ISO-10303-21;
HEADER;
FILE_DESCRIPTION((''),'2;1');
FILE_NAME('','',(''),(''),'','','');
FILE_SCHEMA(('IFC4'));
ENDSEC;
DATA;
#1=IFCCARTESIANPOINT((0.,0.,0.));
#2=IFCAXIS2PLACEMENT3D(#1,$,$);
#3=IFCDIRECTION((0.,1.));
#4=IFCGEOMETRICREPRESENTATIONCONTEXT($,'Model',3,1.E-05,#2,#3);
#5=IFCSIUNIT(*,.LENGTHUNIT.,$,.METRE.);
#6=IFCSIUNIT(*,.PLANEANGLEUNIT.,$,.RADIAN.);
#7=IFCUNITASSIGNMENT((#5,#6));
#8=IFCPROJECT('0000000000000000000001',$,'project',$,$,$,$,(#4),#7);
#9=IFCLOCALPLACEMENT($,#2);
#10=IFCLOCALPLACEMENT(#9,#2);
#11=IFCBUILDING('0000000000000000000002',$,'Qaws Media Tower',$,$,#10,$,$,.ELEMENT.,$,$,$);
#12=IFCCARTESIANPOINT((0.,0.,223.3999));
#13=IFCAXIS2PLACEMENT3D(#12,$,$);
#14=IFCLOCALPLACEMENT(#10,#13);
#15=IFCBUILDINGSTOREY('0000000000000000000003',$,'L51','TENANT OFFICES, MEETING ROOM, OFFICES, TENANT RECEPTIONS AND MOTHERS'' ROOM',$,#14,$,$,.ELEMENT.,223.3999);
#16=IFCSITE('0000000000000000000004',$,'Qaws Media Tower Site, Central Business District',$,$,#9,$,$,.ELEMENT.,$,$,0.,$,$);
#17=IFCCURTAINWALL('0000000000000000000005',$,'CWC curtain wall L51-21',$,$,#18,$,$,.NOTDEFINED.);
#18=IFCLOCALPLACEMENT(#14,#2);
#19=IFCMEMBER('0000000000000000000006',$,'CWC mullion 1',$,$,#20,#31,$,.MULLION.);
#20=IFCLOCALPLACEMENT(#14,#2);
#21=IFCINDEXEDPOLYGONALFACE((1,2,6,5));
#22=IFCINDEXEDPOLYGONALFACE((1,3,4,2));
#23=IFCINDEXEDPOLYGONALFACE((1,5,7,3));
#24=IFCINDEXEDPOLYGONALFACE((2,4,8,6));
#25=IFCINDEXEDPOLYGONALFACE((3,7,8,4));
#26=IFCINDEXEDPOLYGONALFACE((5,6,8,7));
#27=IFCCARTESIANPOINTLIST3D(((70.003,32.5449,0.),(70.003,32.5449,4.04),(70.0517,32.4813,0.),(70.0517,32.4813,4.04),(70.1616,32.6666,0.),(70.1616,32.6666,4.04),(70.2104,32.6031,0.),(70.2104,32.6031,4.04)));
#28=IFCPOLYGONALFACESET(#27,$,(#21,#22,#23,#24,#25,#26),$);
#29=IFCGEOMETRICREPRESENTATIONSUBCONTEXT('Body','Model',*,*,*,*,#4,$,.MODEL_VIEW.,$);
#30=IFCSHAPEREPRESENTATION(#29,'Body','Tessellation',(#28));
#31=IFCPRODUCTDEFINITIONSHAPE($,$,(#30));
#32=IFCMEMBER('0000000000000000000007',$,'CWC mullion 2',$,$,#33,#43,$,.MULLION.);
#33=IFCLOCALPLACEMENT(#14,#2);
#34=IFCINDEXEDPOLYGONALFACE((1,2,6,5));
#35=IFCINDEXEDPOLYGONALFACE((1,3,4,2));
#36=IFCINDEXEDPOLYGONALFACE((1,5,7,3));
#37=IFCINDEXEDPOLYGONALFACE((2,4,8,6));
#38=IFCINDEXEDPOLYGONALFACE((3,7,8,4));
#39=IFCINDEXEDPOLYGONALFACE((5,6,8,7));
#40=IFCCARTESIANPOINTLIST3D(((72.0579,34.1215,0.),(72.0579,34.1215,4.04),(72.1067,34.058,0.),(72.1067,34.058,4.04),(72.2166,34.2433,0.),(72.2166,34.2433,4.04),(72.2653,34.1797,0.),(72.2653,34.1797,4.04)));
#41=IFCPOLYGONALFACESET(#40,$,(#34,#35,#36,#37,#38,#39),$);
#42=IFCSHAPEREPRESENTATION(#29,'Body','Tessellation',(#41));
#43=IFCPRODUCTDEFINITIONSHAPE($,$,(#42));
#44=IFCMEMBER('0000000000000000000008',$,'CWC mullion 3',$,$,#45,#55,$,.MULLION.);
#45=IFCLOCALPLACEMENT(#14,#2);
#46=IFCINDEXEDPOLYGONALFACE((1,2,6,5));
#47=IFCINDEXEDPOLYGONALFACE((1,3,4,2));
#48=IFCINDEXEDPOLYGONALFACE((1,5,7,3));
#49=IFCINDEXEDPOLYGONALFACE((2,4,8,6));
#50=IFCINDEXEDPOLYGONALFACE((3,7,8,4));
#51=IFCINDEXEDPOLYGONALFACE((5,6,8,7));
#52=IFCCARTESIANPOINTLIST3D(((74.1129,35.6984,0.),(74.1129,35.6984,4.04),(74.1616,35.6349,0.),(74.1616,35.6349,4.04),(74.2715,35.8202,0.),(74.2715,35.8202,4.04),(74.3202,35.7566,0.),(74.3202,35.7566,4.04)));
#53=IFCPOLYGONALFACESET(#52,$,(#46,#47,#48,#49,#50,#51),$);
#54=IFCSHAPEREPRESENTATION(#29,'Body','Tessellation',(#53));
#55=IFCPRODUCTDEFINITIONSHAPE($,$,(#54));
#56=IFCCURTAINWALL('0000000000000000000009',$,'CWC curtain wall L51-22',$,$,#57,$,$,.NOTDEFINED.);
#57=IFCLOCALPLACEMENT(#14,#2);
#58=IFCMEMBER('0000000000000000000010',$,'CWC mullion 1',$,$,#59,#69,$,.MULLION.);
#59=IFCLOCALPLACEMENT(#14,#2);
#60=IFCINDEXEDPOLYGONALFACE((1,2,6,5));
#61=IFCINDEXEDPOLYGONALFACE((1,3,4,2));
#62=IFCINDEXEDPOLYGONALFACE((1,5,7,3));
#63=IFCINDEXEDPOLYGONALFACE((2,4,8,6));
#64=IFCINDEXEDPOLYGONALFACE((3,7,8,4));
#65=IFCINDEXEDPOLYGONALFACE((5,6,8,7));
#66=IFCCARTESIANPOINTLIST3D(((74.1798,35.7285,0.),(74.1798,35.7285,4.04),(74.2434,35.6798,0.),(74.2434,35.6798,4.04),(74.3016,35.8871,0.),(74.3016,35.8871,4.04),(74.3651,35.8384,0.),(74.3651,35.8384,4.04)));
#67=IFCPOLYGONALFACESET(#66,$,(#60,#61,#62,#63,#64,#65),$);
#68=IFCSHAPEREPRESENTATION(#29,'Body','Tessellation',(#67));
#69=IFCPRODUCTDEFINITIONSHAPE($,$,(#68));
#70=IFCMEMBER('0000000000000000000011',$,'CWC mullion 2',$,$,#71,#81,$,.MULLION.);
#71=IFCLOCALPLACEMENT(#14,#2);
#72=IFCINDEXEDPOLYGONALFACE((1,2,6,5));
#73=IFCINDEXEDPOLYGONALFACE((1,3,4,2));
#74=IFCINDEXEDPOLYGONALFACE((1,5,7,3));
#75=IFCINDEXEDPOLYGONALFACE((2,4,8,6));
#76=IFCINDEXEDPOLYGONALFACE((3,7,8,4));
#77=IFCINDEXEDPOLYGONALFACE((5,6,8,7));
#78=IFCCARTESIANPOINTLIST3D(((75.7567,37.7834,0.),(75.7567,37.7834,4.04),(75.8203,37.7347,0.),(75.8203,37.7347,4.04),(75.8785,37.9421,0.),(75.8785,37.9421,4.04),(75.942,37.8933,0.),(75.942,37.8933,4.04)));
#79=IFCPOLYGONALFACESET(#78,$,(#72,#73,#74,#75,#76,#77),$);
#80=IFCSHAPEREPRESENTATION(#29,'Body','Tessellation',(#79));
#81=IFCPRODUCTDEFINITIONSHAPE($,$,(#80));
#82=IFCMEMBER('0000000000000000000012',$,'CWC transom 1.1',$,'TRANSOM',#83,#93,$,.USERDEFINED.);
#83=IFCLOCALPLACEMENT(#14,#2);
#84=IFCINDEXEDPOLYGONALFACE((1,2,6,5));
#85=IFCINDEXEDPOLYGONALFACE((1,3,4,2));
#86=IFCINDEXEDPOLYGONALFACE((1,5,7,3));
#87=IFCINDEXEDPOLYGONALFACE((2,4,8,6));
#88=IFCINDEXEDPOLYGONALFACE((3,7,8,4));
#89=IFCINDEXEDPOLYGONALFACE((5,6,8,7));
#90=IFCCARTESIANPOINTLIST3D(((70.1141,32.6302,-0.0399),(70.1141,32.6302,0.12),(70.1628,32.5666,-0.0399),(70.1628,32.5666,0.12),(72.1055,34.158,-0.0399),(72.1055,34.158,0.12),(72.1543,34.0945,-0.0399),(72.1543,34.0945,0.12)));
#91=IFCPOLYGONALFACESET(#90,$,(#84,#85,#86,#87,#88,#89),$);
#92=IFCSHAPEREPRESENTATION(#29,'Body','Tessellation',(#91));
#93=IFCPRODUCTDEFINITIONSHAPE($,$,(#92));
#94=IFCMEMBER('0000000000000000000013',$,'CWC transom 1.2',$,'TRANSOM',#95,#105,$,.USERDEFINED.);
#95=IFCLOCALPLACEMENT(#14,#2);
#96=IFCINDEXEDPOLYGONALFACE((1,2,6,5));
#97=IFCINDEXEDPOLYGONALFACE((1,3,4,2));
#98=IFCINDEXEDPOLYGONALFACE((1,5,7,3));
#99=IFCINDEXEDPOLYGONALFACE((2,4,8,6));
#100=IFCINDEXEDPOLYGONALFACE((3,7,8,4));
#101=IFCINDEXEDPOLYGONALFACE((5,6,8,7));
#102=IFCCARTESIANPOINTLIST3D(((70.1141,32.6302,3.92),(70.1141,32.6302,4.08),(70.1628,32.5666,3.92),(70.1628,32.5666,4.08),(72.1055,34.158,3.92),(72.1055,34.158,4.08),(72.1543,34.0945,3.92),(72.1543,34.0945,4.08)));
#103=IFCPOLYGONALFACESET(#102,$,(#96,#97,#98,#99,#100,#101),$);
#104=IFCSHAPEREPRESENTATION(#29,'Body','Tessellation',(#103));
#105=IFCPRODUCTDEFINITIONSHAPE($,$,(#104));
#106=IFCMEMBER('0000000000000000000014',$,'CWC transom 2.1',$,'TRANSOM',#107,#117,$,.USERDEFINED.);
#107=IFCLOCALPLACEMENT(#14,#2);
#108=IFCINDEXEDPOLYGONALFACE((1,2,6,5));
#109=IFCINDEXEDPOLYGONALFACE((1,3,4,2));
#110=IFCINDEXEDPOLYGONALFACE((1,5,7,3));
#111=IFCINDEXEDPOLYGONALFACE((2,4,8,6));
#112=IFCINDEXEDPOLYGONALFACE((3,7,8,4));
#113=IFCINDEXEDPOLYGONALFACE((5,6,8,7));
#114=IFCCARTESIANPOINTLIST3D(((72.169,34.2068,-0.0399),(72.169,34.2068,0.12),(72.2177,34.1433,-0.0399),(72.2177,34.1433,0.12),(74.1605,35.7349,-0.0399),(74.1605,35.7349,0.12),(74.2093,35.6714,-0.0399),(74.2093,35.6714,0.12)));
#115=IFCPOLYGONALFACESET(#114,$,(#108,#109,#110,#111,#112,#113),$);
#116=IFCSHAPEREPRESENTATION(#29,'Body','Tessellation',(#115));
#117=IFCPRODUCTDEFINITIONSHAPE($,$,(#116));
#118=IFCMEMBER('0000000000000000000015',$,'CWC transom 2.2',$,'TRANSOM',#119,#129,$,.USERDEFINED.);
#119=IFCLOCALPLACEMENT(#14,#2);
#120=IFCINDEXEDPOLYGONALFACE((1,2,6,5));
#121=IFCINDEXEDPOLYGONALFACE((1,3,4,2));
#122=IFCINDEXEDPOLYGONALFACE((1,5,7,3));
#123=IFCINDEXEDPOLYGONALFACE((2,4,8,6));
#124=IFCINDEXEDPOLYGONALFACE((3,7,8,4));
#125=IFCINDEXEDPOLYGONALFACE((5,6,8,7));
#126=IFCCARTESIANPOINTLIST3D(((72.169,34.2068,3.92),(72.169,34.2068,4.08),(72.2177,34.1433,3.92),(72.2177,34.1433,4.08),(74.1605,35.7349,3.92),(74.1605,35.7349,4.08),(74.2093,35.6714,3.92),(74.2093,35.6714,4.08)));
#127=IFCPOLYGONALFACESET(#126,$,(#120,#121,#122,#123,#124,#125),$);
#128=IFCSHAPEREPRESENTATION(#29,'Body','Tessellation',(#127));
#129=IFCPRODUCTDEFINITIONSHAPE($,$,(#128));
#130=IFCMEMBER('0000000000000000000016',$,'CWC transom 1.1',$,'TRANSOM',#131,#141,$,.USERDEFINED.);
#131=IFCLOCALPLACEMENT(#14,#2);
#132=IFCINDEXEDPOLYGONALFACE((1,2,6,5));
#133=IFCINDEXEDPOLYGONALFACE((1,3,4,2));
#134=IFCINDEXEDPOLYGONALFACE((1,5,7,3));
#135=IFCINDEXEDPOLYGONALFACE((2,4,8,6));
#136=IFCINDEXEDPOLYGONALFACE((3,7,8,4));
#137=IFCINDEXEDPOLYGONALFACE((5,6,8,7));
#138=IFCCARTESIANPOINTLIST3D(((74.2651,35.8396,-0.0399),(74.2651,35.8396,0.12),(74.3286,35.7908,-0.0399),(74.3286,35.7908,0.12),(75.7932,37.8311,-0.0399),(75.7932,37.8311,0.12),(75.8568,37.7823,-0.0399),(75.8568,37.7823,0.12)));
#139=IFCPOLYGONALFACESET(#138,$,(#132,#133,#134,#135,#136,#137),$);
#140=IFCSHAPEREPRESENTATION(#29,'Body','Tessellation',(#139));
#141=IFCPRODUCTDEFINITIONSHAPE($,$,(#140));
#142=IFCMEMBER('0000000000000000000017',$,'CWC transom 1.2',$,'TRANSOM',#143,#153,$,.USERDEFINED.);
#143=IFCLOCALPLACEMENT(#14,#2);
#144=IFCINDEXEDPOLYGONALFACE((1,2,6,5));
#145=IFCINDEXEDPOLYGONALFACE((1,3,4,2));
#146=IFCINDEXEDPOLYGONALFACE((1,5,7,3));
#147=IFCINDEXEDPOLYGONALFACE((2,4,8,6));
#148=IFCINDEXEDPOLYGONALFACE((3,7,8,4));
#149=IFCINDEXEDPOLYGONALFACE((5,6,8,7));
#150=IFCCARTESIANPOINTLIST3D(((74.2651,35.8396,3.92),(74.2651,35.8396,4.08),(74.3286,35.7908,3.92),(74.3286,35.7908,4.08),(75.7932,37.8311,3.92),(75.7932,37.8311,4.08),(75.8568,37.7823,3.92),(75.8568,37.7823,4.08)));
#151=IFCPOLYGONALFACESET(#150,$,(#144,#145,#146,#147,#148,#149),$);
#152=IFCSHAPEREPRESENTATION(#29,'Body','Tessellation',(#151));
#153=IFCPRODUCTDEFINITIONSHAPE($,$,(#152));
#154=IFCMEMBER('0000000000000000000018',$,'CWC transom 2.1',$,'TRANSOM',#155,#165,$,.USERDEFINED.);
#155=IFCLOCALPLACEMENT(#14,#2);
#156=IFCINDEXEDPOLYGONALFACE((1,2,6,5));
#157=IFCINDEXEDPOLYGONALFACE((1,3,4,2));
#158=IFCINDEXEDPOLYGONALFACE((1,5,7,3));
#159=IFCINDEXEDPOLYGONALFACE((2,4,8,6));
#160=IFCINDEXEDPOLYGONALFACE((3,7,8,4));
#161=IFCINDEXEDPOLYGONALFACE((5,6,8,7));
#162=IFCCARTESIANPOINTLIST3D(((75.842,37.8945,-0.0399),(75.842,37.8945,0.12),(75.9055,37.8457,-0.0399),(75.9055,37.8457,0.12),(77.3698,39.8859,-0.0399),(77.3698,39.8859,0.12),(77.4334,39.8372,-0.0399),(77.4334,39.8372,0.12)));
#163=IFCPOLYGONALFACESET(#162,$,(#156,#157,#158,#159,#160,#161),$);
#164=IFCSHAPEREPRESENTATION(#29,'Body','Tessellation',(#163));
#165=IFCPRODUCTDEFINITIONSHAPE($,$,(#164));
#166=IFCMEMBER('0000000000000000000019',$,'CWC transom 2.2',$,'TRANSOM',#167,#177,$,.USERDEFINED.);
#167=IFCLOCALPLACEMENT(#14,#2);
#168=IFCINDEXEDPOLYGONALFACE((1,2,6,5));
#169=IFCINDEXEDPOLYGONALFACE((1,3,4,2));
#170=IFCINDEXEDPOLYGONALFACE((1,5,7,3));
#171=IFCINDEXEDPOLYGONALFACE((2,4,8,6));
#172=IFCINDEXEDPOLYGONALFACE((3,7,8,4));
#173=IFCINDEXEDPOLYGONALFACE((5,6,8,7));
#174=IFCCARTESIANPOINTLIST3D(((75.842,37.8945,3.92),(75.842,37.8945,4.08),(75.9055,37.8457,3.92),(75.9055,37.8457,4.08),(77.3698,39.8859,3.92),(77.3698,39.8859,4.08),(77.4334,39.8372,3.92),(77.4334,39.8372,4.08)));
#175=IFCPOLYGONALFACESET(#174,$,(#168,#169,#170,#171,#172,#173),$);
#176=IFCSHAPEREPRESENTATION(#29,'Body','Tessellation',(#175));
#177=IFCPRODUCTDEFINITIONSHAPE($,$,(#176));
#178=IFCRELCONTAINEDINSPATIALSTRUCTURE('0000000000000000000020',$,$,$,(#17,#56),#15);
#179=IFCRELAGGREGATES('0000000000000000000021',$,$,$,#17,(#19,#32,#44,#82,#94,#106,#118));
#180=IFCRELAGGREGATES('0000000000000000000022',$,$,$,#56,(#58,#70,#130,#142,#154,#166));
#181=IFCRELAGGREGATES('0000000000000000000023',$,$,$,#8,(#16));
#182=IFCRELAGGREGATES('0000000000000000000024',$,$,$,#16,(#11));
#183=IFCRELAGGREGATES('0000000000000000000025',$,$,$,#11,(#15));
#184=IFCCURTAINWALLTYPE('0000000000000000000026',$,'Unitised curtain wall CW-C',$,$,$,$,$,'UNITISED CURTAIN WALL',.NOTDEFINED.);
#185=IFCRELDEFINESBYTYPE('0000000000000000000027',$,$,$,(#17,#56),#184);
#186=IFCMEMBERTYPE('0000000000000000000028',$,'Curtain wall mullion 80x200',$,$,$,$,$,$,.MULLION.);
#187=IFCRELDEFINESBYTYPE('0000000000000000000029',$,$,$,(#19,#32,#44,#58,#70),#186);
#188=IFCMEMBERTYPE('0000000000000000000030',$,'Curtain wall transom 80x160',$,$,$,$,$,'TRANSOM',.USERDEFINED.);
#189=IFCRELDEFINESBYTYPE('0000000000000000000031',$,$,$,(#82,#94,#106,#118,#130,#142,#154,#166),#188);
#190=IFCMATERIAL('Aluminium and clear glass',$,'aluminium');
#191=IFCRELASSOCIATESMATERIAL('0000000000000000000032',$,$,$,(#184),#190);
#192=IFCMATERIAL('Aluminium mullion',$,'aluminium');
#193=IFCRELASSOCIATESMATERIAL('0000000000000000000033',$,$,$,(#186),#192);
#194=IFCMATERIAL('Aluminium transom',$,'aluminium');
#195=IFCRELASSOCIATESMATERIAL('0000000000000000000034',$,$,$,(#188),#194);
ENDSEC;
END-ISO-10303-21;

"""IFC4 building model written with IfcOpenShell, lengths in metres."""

from ifc_helpers import new_model, si_unit, direction, frame, origin, origin_2d, place, context, subcontext, project, spatial, rectangle, extrude, material, material_profile, profile_set, type_object, element, aggregate, save


model = new_model("IFC4")

# Units and contexts
model_context = context("Model", 3, precision=1e-05, world=origin(), true_north=direction((0.0, 1.0)))
body_context = subcontext(model_context, "Body", "Model", "MODEL_VIEW")
ifc_project = project(units=[si_unit("LENGTHUNIT", "METRE"), si_unit("PLANEANGLEUNIT", "RADIAN")], contexts=[model_context])

# Site, building, storey
site_placement = place(None, origin())
site = spatial("IfcSite", under=ifc_project, at=site_placement, Name="Qaws Media Tower Site, Central Business District", CompositionType="ELEMENT", RefElevation=0.0)
building_placement = place(site_placement, origin())
building = spatial("IfcBuilding", under=site, at=building_placement, Name="Qaws Media Tower", CompositionType="ELEMENT")
storey_placement = place(building_placement, frame((0.0, 0.0, 223.3999)))
storey = spatial("IfcBuildingStorey", under=building, at=storey_placement, Name="L51", Description="TENANT OFFICES, MEETING ROOM, OFFICES, TENANT RECEPTIONS AND MOTHERS' ROOM", CompositionType="ELEMENT", Elevation=223.3999)

# Curtain walls, members
ifc_material_1 = material(Name="Aluminium and clear glass", Category="aluminium")
curtain_wall_type = type_object("IfcCurtainWallType", Name="Unitised curtain wall CW-C", ElementType="UNITISED CURTAIN WALL", PredefinedType="NOTDEFINED", material=ifc_material_1)
curtain_wall_1_placement = place(storey_placement, origin())
curtain_wall_1 = element("IfcCurtainWall", 1, at=curtain_wall_1_placement, inside=storey, type_object=curtain_wall_type, Name="CWC curtain wall L51-21", PredefinedType="NOTDEFINED")
ifc_material_2 = material(Name="Aluminium mullion", Category="aluminium")
ifc_material_profile_1 = material_profile(ifc_material_2, rectangle(XDim=0.0801, YDim=0.2, at=origin_2d()), Name="80x200")
ifc_profile_set_1 = profile_set([ifc_material_profile_1], Name="Aluminium mullion")
member_type_1 = type_object("IfcMemberType", Name="Curtain wall mullion 80x200", PredefinedType="MULLION", material=ifc_profile_set_1)
member_1_placement = place(storey_placement, frame((70.1067, 32.574, 0.0), z_axis=(0.0, 0.0, 1.0), x_axis=(-0.608761, 0.793353, 0.0)))
member_1 = element("IfcMember", 2, at=member_1_placement, type_object=member_type_1, Name="CWC mullion 1", PredefinedType="MULLION", context=body_context, shape_type="SweptSolid", body=[
    extrude(rectangle(XDim=0.0801, YDim=0.2, at=origin_2d()), origin(), (0.0, 0.0, 1.0), 4.04),
])
member_2_placement = place(storey_placement, frame((72.1616, 34.1506, 0.0), z_axis=(0.0, 0.0, 1.0), x_axis=(-0.608761, 0.793353, 0.0)))
member_2 = element("IfcMember", 3, at=member_2_placement, type_object=member_type_1, Name="CWC mullion 2", PredefinedType="MULLION", context=body_context, shape_type="SweptSolid", body=[
    extrude(rectangle(XDim=0.0801, YDim=0.2, at=origin_2d()), origin(), (0.0, 0.0, 1.0), 4.04),
])
member_3_placement = place(storey_placement, frame((74.2166, 35.7275, 0.0), z_axis=(0.0, 0.0, 1.0), x_axis=(-0.608761, 0.793353, 0.0)))
member_3 = element("IfcMember", 4, at=member_3_placement, type_object=member_type_1, Name="CWC mullion 3", PredefinedType="MULLION", context=body_context, shape_type="SweptSolid", body=[
    extrude(rectangle(XDim=0.0801, YDim=0.2, at=origin_2d()), origin(), (0.0, 0.0, 1.0), 4.04),
])
curtain_wall_2_placement = place(storey_placement, origin())
curtain_wall_2 = element("IfcCurtainWall", 5, at=curtain_wall_2_placement, inside=storey, type_object=curtain_wall_type, Name="CWC curtain wall L51-22", PredefinedType="NOTDEFINED")
member_4_placement = place(storey_placement, frame((74.2725, 35.7834, 0.0), z_axis=(0.0, 0.0, 1.0), x_axis=(-0.793353, 0.608761, 0.0)))
member_4 = element("IfcMember", 6, at=member_4_placement, type_object=member_type_1, Name="CWC mullion 1", PredefinedType="MULLION", context=body_context, shape_type="SweptSolid", body=[
    extrude(rectangle(XDim=0.0801, YDim=0.2, at=origin_2d()), origin(), (0.0, 0.0, 1.0), 4.04),
])
member_5_placement = place(storey_placement, frame((75.8494, 37.8384, 0.0), z_axis=(0.0, 0.0, 1.0), x_axis=(-0.793353, 0.608761, 0.0)))
member_5 = element("IfcMember", 7, at=member_5_placement, type_object=member_type_1, Name="CWC mullion 2", PredefinedType="MULLION", context=body_context, shape_type="SweptSolid", body=[
    extrude(rectangle(XDim=0.0801, YDim=0.2, at=origin_2d()), origin(), (0.0, 0.0, 1.0), 4.04),
])

# Members
ifc_material_3 = material(Name="Aluminium transom", Category="aluminium")
ifc_material_profile_2 = material_profile(ifc_material_3, rectangle(XDim=0.0801, YDim=0.1599, at=origin_2d()), Name="80x160")
ifc_profile_set_2 = profile_set([ifc_material_profile_2], Name="Aluminium transom")
member_type_2 = type_object("IfcMemberType", Name="Curtain wall transom 80x160", ElementType="TRANSOM", PredefinedType="USERDEFINED", material=ifc_profile_set_2)
member_6_placement = place(storey_placement, frame((70.1384, 32.5984, 0.04), z_axis=(0.793404, 0.608695, 0.0), x_axis=(-0.608695, 0.793404, 0.0)))
member_6 = element("IfcMember", 8, at=member_6_placement, type_object=member_type_2, Name="CWC transom 1.1", ObjectType="TRANSOM", PredefinedType="USERDEFINED", context=body_context, shape_type="SweptSolid", body=[
    extrude(rectangle(XDim=0.0801, YDim=0.1599, at=origin_2d()), origin(), (0.0, 0.0, 1.0), 2.51),
])
member_7_placement = place(storey_placement, frame((70.1384, 32.5984, 4.0), z_axis=(0.793404, 0.608695, 0.0), x_axis=(-0.608695, 0.793404, 0.0)))
member_7 = element("IfcMember", 9, at=member_7_placement, type_object=member_type_2, Name="CWC transom 1.2", ObjectType="TRANSOM", PredefinedType="USERDEFINED", context=body_context, shape_type="SweptSolid", body=[
    extrude(rectangle(XDim=0.0801, YDim=0.1599, at=origin_2d()), origin(), (0.0, 0.0, 1.0), 2.51),
])
member_8_placement = place(storey_placement, frame((72.1934, 34.175, 0.04), z_axis=(0.793357, 0.608756, 0.0), x_axis=(-0.608756, 0.793357, 0.0)))
member_8 = element("IfcMember", 10, at=member_8_placement, type_object=member_type_2, Name="CWC transom 2.1", ObjectType="TRANSOM", PredefinedType="USERDEFINED", context=body_context, shape_type="SweptSolid", body=[
    extrude(rectangle(XDim=0.0801, YDim=0.1599, at=origin_2d()), origin(), (0.0, 0.0, 1.0), 2.5103),
])
member_9_placement = place(storey_placement, frame((72.1934, 34.175, 4.0), z_axis=(0.793357, 0.608756, 0.0), x_axis=(-0.608756, 0.793357, 0.0)))
member_9 = element("IfcMember", 11, at=member_9_placement, type_object=member_type_2, Name="CWC transom 2.2", ObjectType="TRANSOM", PredefinedType="USERDEFINED", context=body_context, shape_type="SweptSolid", body=[
    extrude(rectangle(XDim=0.0801, YDim=0.1599, at=origin_2d()), origin(), (0.0, 0.0, 1.0), 2.5103),
])
member_10_placement = place(storey_placement, frame((74.2969, 35.8152, 0.04), z_axis=(0.608756, 0.793357, 0.0), x_axis=(-0.793357, 0.608756, 0.0)))
member_10 = element("IfcMember", 12, at=member_10_placement, type_object=member_type_2, Name="CWC transom 1.1", ObjectType="TRANSOM", PredefinedType="USERDEFINED", context=body_context, shape_type="SweptSolid", body=[
    extrude(rectangle(XDim=0.0801, YDim=0.1599, at=origin_2d()), origin(), (0.0, 0.0, 1.0), 2.5103),
])
member_11_placement = place(storey_placement, frame((74.2969, 35.8152, 4.0), z_axis=(0.608756, 0.793357, 0.0), x_axis=(-0.793357, 0.608756, 0.0)))
member_11 = element("IfcMember", 13, at=member_11_placement, type_object=member_type_2, Name="CWC transom 1.2", ObjectType="TRANSOM", PredefinedType="USERDEFINED", context=body_context, shape_type="SweptSolid", body=[
    extrude(rectangle(XDim=0.0801, YDim=0.1599, at=origin_2d()), origin(), (0.0, 0.0, 1.0), 2.5103),
])
member_12_placement = place(storey_placement, frame((75.8738, 37.8701, 0.04), z_axis=(0.608695, 0.793404, 0.0), x_axis=(-0.793404, 0.608695, 0.0)))
member_12 = element("IfcMember", 14, at=member_12_placement, type_object=member_type_2, Name="CWC transom 2.1", ObjectType="TRANSOM", PredefinedType="USERDEFINED", context=body_context, shape_type="SweptSolid", body=[
    extrude(rectangle(XDim=0.0801, YDim=0.1599, at=origin_2d()), origin(), (0.0, 0.0, 1.0), 2.51),
])
member_13_placement = place(storey_placement, frame((75.8738, 37.8701, 4.0), z_axis=(0.608695, 0.793404, 0.0), x_axis=(-0.793404, 0.608695, 0.0)))
member_13 = element("IfcMember", 15, at=member_13_placement, type_object=member_type_2, Name="CWC transom 2.2", ObjectType="TRANSOM", PredefinedType="USERDEFINED", context=body_context, shape_type="SweptSolid", body=[
    extrude(rectangle(XDim=0.0801, YDim=0.1599, at=origin_2d()), origin(), (0.0, 0.0, 1.0), 2.51),
])

aggregate(curtain_wall_1, [member_1, member_2, member_3, member_6, member_7, member_8, member_9])
aggregate(curtain_wall_2, [member_4, member_5, member_10, member_11, member_12, member_13])

save(model, "model.ifc")
